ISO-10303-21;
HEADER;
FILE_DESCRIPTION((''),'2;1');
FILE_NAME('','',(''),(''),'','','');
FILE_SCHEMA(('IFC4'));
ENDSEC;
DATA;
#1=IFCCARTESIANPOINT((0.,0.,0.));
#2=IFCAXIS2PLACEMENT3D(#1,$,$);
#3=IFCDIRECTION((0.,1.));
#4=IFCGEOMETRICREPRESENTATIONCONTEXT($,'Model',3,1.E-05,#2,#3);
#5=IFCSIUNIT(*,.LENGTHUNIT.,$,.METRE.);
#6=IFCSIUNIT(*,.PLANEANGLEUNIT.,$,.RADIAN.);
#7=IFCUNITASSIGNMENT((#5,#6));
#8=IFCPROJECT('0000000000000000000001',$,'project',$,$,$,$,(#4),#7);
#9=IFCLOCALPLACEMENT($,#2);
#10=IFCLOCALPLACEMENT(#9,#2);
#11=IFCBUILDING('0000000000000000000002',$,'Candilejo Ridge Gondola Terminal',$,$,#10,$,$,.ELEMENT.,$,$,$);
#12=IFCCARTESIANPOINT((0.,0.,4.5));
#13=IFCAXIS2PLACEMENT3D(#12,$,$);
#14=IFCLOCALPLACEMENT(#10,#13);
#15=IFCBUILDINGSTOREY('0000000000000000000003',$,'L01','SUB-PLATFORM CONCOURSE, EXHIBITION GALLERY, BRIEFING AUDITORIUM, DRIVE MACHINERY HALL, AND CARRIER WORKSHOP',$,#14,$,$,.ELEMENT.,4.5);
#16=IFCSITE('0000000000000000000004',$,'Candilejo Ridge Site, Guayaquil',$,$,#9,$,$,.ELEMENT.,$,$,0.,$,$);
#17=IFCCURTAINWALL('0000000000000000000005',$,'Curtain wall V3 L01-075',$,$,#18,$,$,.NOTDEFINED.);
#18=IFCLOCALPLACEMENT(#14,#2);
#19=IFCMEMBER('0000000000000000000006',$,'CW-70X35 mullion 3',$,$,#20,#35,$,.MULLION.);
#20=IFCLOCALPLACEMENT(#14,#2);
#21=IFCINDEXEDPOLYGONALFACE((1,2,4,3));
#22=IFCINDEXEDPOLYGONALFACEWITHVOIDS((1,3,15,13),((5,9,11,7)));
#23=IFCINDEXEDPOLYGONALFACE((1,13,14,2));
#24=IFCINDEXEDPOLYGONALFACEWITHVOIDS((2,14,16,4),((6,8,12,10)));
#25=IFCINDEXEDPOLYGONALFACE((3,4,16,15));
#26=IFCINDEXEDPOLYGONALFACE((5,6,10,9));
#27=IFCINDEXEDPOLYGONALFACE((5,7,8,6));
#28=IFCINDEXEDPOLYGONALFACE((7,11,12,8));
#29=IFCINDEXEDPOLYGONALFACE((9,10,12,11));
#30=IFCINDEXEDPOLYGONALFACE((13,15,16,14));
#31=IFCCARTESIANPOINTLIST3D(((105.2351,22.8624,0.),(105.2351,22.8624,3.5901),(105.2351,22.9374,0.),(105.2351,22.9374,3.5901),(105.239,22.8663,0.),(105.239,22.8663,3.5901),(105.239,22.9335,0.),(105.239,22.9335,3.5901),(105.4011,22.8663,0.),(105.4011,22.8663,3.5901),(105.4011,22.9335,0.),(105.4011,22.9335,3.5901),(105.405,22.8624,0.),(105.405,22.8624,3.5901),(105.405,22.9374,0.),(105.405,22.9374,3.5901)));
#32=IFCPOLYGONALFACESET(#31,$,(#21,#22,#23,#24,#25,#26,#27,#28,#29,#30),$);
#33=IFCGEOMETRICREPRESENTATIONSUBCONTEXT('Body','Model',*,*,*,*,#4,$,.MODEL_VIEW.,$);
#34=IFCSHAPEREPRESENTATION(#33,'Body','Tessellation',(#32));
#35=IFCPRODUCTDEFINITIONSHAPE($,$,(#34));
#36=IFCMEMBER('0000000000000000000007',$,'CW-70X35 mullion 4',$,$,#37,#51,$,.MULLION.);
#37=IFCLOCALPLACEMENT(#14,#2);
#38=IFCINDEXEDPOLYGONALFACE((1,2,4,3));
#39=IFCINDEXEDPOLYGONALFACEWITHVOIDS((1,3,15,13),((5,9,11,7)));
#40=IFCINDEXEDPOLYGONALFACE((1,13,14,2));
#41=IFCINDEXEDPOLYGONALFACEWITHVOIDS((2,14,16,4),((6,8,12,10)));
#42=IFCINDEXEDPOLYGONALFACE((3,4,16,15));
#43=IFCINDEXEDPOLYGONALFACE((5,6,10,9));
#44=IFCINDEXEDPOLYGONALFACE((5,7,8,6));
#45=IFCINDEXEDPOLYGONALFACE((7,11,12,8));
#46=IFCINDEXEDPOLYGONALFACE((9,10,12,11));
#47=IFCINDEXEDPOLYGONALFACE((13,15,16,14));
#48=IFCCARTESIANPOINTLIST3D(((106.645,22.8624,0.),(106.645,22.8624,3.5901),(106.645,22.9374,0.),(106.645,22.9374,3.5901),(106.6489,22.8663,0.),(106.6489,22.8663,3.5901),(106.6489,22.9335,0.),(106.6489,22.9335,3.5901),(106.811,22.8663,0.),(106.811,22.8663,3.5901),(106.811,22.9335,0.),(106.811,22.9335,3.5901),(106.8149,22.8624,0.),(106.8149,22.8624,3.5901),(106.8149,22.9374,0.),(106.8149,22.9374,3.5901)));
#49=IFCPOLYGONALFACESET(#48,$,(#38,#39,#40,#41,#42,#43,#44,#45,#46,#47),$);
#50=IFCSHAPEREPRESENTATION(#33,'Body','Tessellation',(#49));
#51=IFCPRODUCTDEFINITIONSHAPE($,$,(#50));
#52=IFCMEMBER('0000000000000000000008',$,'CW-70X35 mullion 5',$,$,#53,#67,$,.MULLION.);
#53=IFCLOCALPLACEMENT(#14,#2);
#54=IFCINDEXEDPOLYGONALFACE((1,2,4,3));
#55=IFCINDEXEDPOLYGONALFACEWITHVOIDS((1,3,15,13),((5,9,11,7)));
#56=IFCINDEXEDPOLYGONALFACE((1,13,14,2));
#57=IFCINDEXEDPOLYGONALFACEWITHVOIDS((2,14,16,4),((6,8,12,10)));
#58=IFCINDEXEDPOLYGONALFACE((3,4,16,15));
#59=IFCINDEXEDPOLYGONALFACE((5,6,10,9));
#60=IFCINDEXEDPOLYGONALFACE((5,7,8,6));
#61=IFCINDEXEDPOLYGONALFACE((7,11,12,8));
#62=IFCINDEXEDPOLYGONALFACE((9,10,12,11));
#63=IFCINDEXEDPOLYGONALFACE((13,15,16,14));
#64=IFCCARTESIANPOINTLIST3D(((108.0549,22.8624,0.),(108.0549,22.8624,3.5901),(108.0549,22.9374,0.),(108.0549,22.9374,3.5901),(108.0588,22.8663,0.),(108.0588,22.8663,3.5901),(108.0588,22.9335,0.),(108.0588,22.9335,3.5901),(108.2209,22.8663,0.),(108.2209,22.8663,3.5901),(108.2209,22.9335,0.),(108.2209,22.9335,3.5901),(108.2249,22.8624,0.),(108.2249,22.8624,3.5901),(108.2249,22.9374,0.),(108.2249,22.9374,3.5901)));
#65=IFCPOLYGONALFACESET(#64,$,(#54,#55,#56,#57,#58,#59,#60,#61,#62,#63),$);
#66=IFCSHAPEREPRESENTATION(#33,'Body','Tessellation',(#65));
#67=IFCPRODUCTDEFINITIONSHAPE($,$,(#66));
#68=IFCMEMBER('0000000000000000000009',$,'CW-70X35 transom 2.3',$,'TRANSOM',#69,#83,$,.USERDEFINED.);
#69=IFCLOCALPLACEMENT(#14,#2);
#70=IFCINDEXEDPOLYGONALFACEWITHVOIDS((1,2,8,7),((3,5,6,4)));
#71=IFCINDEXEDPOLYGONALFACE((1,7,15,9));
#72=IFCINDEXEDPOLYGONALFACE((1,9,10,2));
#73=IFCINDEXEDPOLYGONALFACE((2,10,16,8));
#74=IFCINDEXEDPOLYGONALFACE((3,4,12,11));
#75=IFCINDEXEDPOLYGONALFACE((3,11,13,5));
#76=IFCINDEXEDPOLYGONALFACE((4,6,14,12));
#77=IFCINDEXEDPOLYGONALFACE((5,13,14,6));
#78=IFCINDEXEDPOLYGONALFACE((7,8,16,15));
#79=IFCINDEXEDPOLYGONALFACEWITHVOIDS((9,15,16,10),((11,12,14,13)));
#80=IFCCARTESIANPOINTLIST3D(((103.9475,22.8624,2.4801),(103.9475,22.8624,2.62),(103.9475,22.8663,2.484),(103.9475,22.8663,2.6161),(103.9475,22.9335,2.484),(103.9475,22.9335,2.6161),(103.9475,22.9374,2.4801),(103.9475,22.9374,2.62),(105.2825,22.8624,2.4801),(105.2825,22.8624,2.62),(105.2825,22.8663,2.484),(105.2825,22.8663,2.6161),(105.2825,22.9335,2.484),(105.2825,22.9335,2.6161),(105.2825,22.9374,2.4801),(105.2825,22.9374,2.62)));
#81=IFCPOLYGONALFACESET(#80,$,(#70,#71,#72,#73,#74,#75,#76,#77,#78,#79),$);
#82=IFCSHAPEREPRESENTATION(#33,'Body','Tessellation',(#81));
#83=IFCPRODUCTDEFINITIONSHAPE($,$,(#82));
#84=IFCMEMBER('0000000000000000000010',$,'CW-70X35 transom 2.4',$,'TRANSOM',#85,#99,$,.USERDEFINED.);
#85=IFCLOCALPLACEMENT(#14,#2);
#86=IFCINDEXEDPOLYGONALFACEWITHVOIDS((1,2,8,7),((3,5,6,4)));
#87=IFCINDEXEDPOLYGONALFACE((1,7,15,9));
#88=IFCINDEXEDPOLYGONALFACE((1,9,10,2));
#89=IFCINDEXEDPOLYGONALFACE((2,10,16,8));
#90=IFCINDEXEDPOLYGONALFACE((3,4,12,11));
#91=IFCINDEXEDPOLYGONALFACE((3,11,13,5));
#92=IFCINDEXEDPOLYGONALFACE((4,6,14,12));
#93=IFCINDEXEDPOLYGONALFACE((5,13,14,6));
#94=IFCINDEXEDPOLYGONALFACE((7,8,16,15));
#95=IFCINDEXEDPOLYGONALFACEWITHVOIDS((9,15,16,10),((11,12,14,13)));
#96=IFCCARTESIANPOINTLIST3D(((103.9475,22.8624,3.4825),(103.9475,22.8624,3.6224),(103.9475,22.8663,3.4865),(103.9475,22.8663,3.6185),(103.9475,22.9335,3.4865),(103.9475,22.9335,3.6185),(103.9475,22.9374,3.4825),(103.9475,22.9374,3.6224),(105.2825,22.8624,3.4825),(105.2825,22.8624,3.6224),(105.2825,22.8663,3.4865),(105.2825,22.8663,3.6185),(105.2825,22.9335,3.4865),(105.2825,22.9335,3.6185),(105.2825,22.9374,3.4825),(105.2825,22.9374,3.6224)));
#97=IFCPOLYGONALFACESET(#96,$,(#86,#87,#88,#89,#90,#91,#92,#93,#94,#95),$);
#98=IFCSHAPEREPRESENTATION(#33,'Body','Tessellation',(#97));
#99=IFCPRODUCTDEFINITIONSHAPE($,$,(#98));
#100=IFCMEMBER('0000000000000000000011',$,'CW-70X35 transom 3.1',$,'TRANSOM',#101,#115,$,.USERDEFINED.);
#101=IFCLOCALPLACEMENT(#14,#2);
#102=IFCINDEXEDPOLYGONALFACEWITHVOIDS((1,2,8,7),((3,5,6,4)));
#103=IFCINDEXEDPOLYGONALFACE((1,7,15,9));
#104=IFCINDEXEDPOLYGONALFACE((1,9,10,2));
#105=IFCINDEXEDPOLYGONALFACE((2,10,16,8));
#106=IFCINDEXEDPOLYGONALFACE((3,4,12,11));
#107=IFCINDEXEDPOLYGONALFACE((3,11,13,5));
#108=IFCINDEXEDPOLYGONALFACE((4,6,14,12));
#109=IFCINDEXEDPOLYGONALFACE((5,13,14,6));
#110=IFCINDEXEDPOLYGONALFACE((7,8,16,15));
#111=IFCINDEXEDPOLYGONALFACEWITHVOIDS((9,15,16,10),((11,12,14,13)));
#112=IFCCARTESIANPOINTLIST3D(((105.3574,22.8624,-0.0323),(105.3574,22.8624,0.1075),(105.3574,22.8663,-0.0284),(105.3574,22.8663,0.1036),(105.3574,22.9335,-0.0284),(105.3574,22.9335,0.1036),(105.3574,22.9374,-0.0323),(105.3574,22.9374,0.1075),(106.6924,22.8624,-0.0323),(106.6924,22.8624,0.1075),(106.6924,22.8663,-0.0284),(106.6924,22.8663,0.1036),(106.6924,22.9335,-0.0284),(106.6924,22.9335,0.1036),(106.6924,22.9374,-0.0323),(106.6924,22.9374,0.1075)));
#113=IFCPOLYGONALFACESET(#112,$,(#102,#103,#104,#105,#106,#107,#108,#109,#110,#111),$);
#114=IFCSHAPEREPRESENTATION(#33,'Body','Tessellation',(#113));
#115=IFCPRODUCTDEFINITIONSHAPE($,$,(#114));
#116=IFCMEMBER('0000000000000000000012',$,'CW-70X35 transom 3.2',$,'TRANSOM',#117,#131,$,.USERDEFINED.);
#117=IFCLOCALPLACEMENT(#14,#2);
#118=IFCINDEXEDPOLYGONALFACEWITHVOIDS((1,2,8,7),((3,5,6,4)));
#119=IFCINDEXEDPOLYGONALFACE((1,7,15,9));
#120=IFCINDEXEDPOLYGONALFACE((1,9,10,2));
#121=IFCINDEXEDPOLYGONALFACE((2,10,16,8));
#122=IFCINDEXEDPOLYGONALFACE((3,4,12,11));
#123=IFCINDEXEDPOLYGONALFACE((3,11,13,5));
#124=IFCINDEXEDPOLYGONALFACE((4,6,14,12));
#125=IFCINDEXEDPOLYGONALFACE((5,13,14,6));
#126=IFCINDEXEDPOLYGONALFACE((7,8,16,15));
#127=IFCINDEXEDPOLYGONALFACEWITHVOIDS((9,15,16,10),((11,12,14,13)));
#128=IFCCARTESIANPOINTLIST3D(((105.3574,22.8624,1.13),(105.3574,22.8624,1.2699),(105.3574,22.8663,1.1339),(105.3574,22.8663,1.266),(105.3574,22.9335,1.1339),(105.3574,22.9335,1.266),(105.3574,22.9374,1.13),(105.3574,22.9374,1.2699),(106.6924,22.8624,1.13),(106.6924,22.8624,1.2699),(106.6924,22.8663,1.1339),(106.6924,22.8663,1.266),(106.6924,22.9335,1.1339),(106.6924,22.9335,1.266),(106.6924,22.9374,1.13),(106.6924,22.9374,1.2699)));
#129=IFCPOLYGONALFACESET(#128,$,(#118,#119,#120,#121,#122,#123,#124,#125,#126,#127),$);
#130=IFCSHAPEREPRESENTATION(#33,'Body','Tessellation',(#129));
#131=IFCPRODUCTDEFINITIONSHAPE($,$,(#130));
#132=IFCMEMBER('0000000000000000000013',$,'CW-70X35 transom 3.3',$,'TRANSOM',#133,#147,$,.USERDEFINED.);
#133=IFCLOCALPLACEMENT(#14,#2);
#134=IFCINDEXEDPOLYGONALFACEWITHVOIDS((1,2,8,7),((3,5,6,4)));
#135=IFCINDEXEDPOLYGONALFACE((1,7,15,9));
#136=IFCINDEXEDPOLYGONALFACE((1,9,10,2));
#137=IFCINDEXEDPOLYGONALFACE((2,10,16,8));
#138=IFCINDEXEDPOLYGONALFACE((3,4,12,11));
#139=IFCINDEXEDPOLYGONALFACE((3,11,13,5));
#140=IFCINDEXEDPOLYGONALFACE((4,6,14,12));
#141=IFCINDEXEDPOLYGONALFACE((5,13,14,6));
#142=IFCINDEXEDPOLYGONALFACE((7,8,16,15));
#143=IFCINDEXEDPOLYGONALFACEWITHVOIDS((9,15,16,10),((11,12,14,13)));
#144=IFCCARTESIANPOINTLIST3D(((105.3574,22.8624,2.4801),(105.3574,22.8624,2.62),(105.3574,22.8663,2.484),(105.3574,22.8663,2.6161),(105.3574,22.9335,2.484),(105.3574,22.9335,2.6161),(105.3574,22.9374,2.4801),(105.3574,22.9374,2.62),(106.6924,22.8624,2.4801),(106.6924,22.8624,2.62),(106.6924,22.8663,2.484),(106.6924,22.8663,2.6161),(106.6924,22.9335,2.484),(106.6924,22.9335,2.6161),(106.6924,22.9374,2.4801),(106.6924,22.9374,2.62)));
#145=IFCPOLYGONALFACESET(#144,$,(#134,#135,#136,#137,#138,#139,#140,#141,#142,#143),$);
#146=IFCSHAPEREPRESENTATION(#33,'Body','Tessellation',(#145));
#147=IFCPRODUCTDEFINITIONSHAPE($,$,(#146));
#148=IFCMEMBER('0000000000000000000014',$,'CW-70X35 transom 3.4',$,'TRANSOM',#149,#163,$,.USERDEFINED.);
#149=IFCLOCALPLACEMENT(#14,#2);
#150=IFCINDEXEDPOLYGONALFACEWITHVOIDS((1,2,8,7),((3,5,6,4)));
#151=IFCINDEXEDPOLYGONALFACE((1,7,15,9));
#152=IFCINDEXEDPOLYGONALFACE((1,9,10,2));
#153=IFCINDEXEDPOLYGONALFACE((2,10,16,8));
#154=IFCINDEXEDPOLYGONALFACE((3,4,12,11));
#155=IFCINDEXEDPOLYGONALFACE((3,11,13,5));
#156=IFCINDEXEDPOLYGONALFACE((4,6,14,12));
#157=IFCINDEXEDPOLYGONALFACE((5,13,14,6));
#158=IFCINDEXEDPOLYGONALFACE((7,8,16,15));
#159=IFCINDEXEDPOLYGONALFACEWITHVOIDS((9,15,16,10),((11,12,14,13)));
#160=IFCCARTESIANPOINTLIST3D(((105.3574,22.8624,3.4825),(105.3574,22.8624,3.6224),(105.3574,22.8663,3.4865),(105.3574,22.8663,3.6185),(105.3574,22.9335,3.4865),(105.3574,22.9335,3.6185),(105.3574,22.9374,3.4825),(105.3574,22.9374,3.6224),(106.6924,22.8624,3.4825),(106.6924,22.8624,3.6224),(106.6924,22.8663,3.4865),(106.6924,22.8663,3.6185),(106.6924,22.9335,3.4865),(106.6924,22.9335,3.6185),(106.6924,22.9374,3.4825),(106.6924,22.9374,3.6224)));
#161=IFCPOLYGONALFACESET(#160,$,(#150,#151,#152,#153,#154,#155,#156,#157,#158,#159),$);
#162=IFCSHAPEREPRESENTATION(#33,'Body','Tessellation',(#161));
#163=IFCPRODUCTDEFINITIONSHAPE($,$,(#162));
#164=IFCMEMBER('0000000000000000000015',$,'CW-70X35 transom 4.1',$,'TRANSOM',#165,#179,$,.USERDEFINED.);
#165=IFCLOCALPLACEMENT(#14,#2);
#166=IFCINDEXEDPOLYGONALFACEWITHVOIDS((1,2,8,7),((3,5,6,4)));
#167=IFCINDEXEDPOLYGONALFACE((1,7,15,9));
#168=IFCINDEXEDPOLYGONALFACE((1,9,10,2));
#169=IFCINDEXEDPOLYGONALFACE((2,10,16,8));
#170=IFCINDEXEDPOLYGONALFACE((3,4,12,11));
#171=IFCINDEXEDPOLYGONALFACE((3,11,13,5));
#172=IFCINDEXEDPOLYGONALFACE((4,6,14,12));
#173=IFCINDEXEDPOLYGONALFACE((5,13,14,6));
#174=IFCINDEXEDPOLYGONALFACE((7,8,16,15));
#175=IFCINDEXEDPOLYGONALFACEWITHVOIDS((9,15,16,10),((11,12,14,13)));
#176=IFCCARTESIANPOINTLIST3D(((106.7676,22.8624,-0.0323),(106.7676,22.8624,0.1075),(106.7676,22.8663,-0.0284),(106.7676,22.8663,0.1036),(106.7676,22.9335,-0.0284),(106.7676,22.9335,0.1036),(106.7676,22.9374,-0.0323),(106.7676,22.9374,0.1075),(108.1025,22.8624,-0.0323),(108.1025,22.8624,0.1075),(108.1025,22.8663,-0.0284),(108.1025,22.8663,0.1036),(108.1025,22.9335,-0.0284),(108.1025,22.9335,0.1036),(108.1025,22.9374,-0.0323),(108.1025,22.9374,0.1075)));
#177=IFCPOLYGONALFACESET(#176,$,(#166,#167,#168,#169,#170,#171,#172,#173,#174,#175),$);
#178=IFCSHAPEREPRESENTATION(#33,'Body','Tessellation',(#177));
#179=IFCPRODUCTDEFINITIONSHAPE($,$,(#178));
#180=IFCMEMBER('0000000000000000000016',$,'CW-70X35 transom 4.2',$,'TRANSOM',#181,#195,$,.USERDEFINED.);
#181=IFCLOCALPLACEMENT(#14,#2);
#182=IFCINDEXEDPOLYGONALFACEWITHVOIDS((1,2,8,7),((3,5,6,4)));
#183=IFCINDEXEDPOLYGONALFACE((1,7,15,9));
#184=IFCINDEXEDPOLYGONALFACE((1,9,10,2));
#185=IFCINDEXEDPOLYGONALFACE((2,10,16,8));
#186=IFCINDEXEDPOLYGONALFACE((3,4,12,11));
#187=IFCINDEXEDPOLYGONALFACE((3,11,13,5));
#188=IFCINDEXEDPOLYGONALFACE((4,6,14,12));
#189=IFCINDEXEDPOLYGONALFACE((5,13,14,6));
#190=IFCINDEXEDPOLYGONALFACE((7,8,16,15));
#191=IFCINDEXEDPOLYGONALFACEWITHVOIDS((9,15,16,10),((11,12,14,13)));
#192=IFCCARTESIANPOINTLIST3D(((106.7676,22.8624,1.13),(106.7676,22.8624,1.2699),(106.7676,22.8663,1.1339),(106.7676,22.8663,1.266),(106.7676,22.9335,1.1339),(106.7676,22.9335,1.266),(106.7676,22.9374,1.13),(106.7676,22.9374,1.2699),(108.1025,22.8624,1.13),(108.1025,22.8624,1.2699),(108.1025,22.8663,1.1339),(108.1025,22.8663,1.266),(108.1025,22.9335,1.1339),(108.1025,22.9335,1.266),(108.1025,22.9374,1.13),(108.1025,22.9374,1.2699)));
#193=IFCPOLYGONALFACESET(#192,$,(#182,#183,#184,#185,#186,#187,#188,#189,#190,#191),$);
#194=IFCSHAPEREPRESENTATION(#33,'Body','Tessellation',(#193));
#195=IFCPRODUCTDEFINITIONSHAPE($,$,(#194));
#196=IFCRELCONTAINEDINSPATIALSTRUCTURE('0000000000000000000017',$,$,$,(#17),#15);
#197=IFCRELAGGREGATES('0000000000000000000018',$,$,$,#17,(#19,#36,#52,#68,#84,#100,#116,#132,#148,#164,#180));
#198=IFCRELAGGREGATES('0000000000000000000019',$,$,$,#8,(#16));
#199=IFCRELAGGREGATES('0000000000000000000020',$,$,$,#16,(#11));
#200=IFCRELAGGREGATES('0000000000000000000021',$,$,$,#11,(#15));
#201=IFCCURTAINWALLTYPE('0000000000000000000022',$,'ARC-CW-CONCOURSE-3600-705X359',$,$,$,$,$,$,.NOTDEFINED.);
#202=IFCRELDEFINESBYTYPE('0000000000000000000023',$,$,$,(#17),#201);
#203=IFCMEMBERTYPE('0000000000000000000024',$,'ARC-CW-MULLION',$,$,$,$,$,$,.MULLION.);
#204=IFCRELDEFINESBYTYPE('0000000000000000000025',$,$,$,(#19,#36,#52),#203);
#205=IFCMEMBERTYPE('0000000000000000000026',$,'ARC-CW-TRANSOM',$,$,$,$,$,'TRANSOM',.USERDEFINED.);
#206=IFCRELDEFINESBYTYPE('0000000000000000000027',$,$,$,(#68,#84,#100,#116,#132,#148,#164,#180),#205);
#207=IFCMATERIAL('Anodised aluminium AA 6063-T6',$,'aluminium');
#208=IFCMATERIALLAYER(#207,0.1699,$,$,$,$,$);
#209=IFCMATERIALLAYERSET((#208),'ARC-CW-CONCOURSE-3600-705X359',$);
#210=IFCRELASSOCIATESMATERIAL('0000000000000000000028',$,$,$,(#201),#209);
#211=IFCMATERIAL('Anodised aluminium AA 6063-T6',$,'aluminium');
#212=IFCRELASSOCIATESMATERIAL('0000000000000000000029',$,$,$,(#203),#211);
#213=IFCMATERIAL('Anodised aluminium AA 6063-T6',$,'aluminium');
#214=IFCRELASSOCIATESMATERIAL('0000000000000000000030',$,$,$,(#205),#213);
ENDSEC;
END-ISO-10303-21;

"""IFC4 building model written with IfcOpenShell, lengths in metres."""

from ifc_helpers import new_model, si_unit, direction, frame, origin, origin_2d, place, context, subcontext, project, spatial, hollow_rectangle, extrude, material, layer, layer_set, material_profile, profile_set, type_object, element, aggregate, save


model = new_model("IFC4")

# Units and contexts
model_context = context("Model", 3, precision=1e-05, world=origin(), true_north=direction((0.0, 1.0)))
body_context = subcontext(model_context, "Body", "Model", "MODEL_VIEW")
ifc_project = project(units=[si_unit("LENGTHUNIT", "METRE"), si_unit("PLANEANGLEUNIT", "RADIAN")], contexts=[model_context])

# Site, building, storey
site_placement = place(None, origin())
site = spatial("IfcSite", under=ifc_project, at=site_placement, Name="Candilejo Ridge Site, Guayaquil", CompositionType="ELEMENT", RefElevation=0.0)
building_placement = place(site_placement, origin())
building = spatial("IfcBuilding", under=site, at=building_placement, Name="Candilejo Ridge Gondola Terminal", CompositionType="ELEMENT")
storey_placement = place(building_placement, frame((0.0, 0.0, 4.5)))
storey = spatial("IfcBuildingStorey", under=building, at=storey_placement, Name="L01", Description="SUB-PLATFORM CONCOURSE, EXHIBITION GALLERY, BRIEFING AUDITORIUM, DRIVE MACHINERY HALL, AND CARRIER WORKSHOP", CompositionType="ELEMENT", Elevation=4.5)

# Curtain wall, members
ifc_material_1 = material(Name="Anodised aluminium AA 6063-T6", Category="aluminium")
ifc_layer_1 = layer(ifc_material_1, 0.1699)
ifc_layer_set_1 = layer_set([ifc_layer_1], Name="ARC-CW-CONCOURSE-3600-705X359")
curtain_wall_type = type_object("IfcCurtainWallType", Name="ARC-CW-CONCOURSE-3600-705X359", PredefinedType="NOTDEFINED", material=ifc_layer_set_1)
curtain_wall_placement = place(storey_placement, origin())
curtain_wall = element("IfcCurtainWall", 1, at=curtain_wall_placement, inside=storey, type_object=curtain_wall_type, Name="Curtain wall V3 L01-075", PredefinedType="NOTDEFINED")
ifc_material_2 = material(Name="Anodised aluminium AA 6063-T6", Category="aluminium")
ifc_material_profile_1 = material_profile(ifc_material_2, hollow_rectangle(XDim=0.075, YDim=0.1699, WallThickness=0.0039, at=origin_2d()))
ifc_profile_set_1 = profile_set([ifc_material_profile_1], Name="Anodised aluminium AA 6063-T6")
member_type_1 = type_object("IfcMemberType", Name="ARC-CW-MULLION", PredefinedType="MULLION", material=ifc_profile_set_1)
member_1_placement = place(storey_placement, frame((105.3201, 22.8999, 0.0), z_axis=(0.0, 0.0, 1.0), x_axis=(0.0, 1.0, 0.0)))
member_1 = element("IfcMember", 2, at=member_1_placement, type_object=member_type_1, Name="CW-70X35 mullion 3", PredefinedType="MULLION", context=body_context, shape_type="SweptSolid", body=[
    extrude(hollow_rectangle(XDim=0.075, YDim=0.1699, WallThickness=0.0039, at=origin_2d()), origin(), (0.0, 0.0, 1.0), 3.5901),
])
member_2_placement = place(storey_placement, frame((106.73, 22.8999, 0.0), z_axis=(0.0, 0.0, 1.0), x_axis=(0.0, 1.0, 0.0)))
member_2 = element("IfcMember", 3, at=member_2_placement, type_object=member_type_1, Name="CW-70X35 mullion 4", PredefinedType="MULLION", context=body_context, shape_type="SweptSolid", body=[
    extrude(hollow_rectangle(XDim=0.075, YDim=0.1699, WallThickness=0.0039, at=origin_2d()), origin(), (0.0, 0.0, 1.0), 3.5901),
])
member_3_placement = place(storey_placement, frame((108.1399, 22.8999, 0.0), z_axis=(0.0, 0.0, 1.0), x_axis=(0.0, 1.0, 0.0)))
member_3 = element("IfcMember", 4, at=member_3_placement, type_object=member_type_1, Name="CW-70X35 mullion 5", PredefinedType="MULLION", context=body_context, shape_type="SweptSolid", body=[
    extrude(hollow_rectangle(XDim=0.075, YDim=0.1699, WallThickness=0.0039, at=origin_2d()), origin(), (0.0, 0.0, 1.0), 3.5901),
])
ifc_material_3 = material(Name="Anodised aluminium AA 6063-T6", Category="aluminium")
ifc_material_profile_2 = material_profile(ifc_material_3, hollow_rectangle(XDim=0.075, YDim=0.1399, WallThickness=0.0039, at=origin_2d()))
ifc_profile_set_2 = profile_set([ifc_material_profile_2], Name="Anodised aluminium AA 6063-T6")
member_type_2 = type_object("IfcMemberType", Name="ARC-CW-TRANSOM", ElementType="TRANSOM", PredefinedType="USERDEFINED", material=ifc_profile_set_2)
member_4_placement = place(storey_placement, frame((103.9475, 22.8999, 2.55), z_axis=(1.0, 0.0, 0.0), x_axis=(0.0, 1.0, 0.0)))
member_4 = element("IfcMember", 5, at=member_4_placement, type_object=member_type_2, Name="CW-70X35 transom 2.3", ObjectType="TRANSOM", PredefinedType="USERDEFINED", context=body_context, shape_type="SweptSolid", body=[
    extrude(hollow_rectangle(XDim=0.075, YDim=0.1399, WallThickness=0.0039, at=origin_2d()), origin(), (0.0, 0.0, 1.0), 1.335),
])
member_5_placement = place(storey_placement, frame((103.9475, 22.8999, 3.5525), z_axis=(1.0, 0.0, 0.0), x_axis=(0.0, 1.0, 0.0)))
member_5 = element("IfcMember", 6, at=member_5_placement, type_object=member_type_2, Name="CW-70X35 transom 2.4", ObjectType="TRANSOM", PredefinedType="USERDEFINED", context=body_context, shape_type="SweptSolid", body=[
    extrude(hollow_rectangle(XDim=0.075, YDim=0.1399, WallThickness=0.0039, at=origin_2d()), origin(), (0.0, 0.0, 1.0), 1.335),
])
member_6_placement = place(storey_placement, frame((105.3574, 22.8999, 0.0376), z_axis=(1.0, 0.0, 0.0), x_axis=(0.0, 1.0, 0.0)))
member_6 = element("IfcMember", 7, at=member_6_placement, type_object=member_type_2, Name="CW-70X35 transom 3.1", ObjectType="TRANSOM", PredefinedType="USERDEFINED", context=body_context, shape_type="SweptSolid", body=[
    extrude(hollow_rectangle(XDim=0.075, YDim=0.1399, WallThickness=0.0039, at=origin_2d()), origin(), (0.0, 0.0, 1.0), 1.335),
])
member_7_placement = place(storey_placement, frame((105.3574, 22.8999, 1.2), z_axis=(1.0, 0.0, 0.0), x_axis=(0.0, 1.0, 0.0)))
member_7 = element("IfcMember", 8, at=member_7_placement, type_object=member_type_2, Name="CW-70X35 transom 3.2", ObjectType="TRANSOM", PredefinedType="USERDEFINED", context=body_context, shape_type="SweptSolid", body=[
    extrude(hollow_rectangle(XDim=0.075, YDim=0.1399, WallThickness=0.0039, at=origin_2d()), origin(), (0.0, 0.0, 1.0), 1.335),
])
member_8_placement = place(storey_placement, frame((105.3574, 22.8999, 2.55), z_axis=(1.0, 0.0, 0.0), x_axis=(0.0, 1.0, 0.0)))
member_8 = element("IfcMember", 9, at=member_8_placement, type_object=member_type_2, Name="CW-70X35 transom 3.3", ObjectType="TRANSOM", PredefinedType="USERDEFINED", context=body_context, shape_type="SweptSolid", body=[
    extrude(hollow_rectangle(XDim=0.075, YDim=0.1399, WallThickness=0.0039, at=origin_2d()), origin(), (0.0, 0.0, 1.0), 1.335),
])
member_9_placement = place(storey_placement, frame((105.3574, 22.8999, 3.5525), z_axis=(1.0, 0.0, 0.0), x_axis=(0.0, 1.0, 0.0)))
member_9 = element("IfcMember", 10, at=member_9_placement, type_object=member_type_2, Name="CW-70X35 transom 3.4", ObjectType="TRANSOM", PredefinedType="USERDEFINED", context=body_context, shape_type="SweptSolid", body=[
    extrude(hollow_rectangle(XDim=0.075, YDim=0.1399, WallThickness=0.0039, at=origin_2d()), origin(), (0.0, 0.0, 1.0), 1.335),
])
member_10_placement = place(storey_placement, frame((106.7676, 22.8999, 0.0376), z_axis=(1.0, 0.0, 0.0), x_axis=(0.0, 1.0, 0.0)))
member_10 = element("IfcMember", 11, at=member_10_placement, type_object=member_type_2, Name="CW-70X35 transom 4.1", ObjectType="TRANSOM", PredefinedType="USERDEFINED", context=body_context, shape_type="SweptSolid", body=[
    extrude(hollow_rectangle(XDim=0.075, YDim=0.1399, WallThickness=0.0039, at=origin_2d()), origin(), (0.0, 0.0, 1.0), 1.335),
])
member_11_placement = place(storey_placement, frame((106.7676, 22.8999, 1.2), z_axis=(1.0, 0.0, 0.0), x_axis=(0.0, 1.0, 0.0)))
member_11 = element("IfcMember", 12, at=member_11_placement, type_object=member_type_2, Name="CW-70X35 transom 4.2", ObjectType="TRANSOM", PredefinedType="USERDEFINED", context=body_context, shape_type="SweptSolid", body=[
    extrude(hollow_rectangle(XDim=0.075, YDim=0.1399, WallThickness=0.0039, at=origin_2d()), origin(), (0.0, 0.0, 1.0), 1.335),
])
aggregate(curtain_wall, [member_1, member_2, member_3, member_4, member_5, member_6, member_7, member_8, member_9, member_10, member_11])

save(model, "model.ifc")
